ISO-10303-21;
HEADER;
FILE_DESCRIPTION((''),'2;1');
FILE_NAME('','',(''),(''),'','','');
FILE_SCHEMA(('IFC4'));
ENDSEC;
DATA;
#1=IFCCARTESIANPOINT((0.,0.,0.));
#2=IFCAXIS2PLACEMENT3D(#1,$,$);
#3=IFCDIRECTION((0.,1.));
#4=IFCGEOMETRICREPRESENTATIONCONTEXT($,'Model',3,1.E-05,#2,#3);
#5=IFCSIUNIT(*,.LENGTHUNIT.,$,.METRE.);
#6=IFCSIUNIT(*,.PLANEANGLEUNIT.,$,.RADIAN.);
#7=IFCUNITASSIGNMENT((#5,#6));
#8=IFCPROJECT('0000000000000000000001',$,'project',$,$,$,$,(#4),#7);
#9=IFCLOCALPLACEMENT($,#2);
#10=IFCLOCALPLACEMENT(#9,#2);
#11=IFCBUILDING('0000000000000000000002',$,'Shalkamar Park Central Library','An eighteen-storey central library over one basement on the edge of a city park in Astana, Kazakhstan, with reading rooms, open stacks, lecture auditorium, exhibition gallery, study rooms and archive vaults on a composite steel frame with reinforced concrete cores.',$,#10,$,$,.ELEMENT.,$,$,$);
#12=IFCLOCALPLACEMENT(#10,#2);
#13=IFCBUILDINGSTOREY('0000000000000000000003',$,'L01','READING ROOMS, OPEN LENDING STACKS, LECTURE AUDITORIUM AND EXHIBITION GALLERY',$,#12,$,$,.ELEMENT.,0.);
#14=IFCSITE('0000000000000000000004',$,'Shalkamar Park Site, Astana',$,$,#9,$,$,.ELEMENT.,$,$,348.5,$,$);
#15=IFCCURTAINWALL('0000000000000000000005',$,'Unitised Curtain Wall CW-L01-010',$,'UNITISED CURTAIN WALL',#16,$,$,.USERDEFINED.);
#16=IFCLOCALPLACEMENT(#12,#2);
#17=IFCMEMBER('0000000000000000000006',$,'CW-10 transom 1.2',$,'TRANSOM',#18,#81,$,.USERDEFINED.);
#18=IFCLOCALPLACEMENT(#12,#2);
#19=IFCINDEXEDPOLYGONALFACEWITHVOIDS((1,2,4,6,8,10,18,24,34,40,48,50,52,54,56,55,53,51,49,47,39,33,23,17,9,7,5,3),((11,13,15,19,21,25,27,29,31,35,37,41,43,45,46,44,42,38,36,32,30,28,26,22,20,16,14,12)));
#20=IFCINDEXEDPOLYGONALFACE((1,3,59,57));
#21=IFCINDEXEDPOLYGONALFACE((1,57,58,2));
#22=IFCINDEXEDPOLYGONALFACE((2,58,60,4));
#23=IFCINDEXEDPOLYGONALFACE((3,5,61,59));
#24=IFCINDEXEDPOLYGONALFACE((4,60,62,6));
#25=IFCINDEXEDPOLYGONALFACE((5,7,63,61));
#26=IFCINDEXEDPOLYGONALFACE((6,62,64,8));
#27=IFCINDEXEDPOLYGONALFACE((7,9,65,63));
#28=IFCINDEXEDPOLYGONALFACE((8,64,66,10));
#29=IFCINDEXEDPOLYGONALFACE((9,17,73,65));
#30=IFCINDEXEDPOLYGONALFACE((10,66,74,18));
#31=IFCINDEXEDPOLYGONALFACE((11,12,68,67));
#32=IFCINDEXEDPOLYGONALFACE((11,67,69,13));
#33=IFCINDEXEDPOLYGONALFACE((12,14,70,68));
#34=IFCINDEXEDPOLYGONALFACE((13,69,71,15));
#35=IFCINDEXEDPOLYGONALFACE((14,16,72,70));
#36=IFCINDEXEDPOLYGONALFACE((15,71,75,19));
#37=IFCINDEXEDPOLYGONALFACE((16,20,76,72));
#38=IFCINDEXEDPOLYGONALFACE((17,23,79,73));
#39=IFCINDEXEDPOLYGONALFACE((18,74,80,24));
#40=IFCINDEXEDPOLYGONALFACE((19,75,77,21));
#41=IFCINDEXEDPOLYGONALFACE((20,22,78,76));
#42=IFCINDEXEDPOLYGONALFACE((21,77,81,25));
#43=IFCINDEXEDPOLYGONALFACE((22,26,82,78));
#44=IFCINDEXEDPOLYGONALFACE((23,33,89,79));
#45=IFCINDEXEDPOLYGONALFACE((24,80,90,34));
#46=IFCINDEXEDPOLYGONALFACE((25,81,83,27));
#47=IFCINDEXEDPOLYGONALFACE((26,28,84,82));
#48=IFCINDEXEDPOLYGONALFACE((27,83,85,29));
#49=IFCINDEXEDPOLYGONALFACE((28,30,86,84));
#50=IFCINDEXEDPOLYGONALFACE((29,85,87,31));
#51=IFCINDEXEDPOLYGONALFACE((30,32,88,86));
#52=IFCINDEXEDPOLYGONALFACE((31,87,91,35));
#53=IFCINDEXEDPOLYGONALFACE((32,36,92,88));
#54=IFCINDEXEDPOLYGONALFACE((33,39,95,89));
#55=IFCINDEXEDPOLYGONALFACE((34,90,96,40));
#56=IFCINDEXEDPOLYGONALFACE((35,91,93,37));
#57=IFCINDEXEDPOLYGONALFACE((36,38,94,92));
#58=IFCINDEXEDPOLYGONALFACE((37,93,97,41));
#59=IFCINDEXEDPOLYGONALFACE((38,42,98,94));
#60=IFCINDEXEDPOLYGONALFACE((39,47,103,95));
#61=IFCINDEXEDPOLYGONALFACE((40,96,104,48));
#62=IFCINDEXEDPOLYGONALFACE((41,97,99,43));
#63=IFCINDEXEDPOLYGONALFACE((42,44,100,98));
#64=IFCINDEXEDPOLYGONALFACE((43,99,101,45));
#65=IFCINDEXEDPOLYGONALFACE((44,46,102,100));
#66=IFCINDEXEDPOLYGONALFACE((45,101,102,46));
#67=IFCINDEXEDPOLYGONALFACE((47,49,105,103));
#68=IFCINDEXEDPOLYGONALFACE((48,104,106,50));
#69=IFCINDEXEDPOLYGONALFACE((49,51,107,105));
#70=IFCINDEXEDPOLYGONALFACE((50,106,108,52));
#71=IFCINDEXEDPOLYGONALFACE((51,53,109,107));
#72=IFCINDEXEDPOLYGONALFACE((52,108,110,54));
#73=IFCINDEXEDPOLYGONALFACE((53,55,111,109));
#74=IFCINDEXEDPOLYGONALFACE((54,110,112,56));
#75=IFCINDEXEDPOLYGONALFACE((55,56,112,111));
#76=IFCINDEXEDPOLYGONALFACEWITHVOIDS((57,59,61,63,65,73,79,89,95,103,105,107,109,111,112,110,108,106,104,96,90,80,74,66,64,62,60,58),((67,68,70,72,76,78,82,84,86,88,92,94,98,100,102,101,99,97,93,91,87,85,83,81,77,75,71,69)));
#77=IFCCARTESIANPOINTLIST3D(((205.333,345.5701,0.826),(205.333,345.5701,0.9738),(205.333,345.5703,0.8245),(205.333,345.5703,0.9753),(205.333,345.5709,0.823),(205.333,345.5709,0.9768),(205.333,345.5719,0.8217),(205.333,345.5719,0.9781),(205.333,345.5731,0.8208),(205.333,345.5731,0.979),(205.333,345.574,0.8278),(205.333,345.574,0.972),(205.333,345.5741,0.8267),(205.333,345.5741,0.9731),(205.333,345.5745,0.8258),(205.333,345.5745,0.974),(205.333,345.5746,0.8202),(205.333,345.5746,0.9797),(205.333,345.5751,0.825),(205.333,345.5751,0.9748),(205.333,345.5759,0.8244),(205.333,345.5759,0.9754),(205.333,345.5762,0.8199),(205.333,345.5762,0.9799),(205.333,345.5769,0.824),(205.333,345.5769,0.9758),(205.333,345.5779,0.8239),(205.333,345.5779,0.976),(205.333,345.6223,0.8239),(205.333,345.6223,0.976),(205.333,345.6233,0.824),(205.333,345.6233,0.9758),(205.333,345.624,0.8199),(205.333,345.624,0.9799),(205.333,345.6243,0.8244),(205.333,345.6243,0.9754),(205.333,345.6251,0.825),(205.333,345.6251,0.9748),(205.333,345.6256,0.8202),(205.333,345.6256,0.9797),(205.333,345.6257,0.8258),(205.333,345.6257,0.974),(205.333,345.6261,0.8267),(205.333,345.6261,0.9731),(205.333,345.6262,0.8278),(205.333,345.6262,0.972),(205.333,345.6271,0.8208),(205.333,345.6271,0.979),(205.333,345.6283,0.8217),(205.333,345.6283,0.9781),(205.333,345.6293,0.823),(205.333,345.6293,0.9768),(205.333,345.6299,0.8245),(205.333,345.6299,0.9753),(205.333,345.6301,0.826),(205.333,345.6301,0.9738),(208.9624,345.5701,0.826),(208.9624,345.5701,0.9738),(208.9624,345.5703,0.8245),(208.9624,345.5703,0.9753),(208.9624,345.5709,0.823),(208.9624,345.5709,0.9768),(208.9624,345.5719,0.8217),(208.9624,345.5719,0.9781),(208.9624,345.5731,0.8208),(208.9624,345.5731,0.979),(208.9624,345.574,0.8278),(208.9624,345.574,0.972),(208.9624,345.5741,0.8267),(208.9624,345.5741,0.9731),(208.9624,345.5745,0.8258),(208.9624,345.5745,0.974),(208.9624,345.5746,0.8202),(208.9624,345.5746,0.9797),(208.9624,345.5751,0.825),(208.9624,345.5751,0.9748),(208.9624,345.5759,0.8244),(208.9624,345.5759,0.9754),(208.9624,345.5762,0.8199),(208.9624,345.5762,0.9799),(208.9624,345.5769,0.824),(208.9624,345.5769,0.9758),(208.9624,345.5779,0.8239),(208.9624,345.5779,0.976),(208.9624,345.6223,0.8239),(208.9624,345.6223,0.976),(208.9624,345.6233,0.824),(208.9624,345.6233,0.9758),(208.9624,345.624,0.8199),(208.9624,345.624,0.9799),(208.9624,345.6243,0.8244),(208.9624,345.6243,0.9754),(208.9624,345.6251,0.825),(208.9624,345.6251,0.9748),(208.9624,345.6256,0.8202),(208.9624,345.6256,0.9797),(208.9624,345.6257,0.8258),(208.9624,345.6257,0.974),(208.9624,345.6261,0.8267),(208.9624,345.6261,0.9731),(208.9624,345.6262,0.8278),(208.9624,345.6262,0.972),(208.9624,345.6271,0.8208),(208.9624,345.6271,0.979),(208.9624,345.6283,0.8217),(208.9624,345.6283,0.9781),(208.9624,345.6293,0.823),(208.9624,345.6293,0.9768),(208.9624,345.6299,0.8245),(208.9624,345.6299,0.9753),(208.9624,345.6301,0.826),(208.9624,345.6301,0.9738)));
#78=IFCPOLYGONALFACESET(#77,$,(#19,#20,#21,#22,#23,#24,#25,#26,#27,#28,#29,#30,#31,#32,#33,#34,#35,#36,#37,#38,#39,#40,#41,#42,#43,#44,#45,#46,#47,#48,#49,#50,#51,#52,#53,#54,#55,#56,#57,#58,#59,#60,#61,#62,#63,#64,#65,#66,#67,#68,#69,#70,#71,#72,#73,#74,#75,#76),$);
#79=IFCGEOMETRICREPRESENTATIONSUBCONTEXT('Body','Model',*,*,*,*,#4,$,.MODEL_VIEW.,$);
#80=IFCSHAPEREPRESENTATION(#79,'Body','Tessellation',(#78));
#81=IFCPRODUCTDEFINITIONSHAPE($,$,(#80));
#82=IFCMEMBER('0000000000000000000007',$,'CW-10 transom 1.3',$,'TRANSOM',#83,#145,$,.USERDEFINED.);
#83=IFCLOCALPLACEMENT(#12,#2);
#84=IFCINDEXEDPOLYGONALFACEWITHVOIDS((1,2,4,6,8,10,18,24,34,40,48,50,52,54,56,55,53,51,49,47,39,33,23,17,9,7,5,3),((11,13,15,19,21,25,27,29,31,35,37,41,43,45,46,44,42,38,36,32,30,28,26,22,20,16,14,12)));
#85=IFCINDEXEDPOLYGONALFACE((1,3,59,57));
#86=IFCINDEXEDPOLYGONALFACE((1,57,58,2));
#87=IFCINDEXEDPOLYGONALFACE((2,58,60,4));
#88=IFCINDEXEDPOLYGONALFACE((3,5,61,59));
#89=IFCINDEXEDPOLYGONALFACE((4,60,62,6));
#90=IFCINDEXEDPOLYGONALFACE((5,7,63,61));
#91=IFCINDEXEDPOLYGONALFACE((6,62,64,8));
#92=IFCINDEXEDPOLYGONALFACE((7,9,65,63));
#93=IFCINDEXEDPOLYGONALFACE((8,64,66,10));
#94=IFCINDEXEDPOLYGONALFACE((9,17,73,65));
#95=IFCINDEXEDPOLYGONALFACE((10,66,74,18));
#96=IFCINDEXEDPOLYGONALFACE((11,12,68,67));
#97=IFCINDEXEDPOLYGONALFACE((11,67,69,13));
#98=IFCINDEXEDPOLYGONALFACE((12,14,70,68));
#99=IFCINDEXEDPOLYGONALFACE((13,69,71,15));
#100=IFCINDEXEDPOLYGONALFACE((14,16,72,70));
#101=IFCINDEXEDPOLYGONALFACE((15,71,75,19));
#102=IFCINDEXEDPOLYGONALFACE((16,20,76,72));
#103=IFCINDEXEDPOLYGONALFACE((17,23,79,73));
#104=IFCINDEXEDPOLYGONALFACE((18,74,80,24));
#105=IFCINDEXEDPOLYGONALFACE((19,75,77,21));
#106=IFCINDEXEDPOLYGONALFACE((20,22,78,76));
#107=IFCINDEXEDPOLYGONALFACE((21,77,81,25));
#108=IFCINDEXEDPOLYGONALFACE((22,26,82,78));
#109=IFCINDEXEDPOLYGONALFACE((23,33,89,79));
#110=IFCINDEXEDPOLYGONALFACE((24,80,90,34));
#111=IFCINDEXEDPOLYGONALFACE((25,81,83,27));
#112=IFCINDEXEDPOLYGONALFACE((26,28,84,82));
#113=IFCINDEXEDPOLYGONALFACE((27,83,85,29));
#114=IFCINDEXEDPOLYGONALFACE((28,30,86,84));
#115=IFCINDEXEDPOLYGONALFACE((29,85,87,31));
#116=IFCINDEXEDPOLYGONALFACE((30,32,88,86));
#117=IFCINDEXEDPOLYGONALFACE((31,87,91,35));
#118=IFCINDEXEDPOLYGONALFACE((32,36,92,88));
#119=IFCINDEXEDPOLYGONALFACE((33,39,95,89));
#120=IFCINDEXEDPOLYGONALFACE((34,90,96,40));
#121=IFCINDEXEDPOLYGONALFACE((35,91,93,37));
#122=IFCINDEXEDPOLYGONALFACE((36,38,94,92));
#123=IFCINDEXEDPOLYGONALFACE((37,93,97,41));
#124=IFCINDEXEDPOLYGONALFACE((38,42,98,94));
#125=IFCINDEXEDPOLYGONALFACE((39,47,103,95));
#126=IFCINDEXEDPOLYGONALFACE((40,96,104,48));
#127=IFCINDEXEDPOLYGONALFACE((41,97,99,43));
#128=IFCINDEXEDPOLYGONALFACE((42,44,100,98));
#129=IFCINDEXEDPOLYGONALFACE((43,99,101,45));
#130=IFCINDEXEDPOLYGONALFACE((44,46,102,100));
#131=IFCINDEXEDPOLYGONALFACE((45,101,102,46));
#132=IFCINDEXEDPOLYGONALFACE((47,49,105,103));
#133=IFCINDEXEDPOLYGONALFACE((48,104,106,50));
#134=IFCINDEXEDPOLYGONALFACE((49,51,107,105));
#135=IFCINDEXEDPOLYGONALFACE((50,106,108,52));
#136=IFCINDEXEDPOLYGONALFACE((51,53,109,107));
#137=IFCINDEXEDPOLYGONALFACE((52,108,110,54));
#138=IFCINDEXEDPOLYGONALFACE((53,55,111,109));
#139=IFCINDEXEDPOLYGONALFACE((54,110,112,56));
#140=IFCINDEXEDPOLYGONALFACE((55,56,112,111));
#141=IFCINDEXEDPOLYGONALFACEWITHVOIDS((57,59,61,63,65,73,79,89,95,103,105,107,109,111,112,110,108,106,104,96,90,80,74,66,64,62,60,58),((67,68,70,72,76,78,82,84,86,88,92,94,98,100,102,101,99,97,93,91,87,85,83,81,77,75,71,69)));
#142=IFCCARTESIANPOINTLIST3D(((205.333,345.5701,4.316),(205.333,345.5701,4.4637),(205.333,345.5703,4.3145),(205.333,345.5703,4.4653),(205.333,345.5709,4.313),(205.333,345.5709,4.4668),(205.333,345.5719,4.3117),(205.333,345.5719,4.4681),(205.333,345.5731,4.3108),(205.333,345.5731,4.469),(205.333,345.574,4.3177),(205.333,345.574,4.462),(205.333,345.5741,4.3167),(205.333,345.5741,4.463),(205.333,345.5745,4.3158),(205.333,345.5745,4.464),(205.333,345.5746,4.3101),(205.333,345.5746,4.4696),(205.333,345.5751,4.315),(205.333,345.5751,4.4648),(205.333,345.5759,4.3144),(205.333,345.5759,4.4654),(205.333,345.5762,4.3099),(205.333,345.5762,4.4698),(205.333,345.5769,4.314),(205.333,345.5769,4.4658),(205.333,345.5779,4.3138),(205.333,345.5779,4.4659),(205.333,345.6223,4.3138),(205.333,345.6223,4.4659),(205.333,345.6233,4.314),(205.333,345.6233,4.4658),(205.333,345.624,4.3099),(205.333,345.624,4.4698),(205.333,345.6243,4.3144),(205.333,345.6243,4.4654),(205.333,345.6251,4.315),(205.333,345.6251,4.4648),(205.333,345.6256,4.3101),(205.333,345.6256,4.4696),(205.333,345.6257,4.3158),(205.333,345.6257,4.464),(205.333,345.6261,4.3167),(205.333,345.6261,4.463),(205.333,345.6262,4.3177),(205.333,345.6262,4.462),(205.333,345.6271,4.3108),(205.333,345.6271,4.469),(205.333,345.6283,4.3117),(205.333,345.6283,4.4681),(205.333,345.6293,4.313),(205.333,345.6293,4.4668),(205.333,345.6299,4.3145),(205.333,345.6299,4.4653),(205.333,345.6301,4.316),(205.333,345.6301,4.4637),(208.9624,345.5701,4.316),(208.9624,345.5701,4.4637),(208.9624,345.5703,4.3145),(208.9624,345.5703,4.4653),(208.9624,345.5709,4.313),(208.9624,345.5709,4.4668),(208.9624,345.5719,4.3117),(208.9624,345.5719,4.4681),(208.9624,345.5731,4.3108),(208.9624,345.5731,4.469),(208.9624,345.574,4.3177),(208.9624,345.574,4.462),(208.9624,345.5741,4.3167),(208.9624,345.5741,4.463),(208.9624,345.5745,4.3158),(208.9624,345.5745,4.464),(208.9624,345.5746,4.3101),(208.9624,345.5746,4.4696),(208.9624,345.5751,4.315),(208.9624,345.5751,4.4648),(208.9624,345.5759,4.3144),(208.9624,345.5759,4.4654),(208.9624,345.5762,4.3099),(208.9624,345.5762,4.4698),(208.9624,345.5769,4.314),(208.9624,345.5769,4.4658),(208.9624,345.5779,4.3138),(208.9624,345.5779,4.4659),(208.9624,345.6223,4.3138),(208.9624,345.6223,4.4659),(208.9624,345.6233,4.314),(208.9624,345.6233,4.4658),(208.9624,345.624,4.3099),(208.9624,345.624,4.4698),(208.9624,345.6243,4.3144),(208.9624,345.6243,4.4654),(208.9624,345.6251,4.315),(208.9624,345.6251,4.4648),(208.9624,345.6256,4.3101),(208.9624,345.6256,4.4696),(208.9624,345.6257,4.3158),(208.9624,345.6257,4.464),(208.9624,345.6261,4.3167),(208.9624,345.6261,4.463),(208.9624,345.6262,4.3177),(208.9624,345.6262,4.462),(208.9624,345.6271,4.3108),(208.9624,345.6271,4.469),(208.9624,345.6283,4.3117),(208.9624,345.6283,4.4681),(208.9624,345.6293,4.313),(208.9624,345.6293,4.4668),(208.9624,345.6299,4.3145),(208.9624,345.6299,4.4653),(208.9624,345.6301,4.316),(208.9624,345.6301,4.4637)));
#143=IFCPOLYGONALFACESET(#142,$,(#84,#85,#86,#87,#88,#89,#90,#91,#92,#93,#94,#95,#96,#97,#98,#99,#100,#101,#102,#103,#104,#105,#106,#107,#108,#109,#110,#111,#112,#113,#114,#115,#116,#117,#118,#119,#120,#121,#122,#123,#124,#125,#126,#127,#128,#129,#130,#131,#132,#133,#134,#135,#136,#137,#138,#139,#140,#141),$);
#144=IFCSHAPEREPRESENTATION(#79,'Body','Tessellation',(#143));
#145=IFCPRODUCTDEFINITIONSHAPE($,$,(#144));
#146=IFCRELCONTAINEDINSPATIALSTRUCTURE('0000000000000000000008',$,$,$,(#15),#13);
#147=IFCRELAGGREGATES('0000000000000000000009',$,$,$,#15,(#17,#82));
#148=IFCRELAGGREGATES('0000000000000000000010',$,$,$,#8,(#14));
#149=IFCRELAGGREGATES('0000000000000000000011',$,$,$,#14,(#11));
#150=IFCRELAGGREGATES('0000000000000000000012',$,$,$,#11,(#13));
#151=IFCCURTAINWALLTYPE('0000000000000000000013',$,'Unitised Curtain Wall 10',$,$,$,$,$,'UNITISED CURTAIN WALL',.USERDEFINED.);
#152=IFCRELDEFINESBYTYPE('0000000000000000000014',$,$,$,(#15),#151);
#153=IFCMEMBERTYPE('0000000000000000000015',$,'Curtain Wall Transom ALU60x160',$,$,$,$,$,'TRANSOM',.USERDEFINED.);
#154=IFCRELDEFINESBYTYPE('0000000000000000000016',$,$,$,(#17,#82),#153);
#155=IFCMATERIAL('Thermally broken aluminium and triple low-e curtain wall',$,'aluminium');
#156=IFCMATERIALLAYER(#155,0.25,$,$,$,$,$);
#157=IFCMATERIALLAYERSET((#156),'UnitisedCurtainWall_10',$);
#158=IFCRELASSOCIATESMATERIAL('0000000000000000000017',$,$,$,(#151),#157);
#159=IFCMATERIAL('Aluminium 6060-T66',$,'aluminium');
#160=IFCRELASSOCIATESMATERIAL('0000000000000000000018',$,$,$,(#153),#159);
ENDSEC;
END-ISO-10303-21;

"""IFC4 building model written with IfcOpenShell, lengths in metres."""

from ifc_helpers import new_model, si_unit, direction, frame, origin, origin_2d, place, context, subcontext, project, spatial, hollow_rectangle, extrude, material, layer, layer_set, material_profile, profile_set, type_object, element, aggregate, save


model = new_model("IFC4")

# Units and contexts
model_context = context("Model", 3, precision=1e-05, world=origin(), true_north=direction((0.0, 1.0)))
body_context = subcontext(model_context, "Body", "Model", "MODEL_VIEW")
ifc_project = project(units=[si_unit("LENGTHUNIT", "METRE"), si_unit("PLANEANGLEUNIT", "RADIAN")], contexts=[model_context])

# Site, building, storey
site_placement = place(None, origin())
site = spatial("IfcSite", under=ifc_project, at=site_placement, Name="Shalkamar Park Site, Astana", CompositionType="ELEMENT", RefElevation=348.5)
building_placement = place(site_placement, origin())
building = spatial("IfcBuilding", under=site, at=building_placement, Name="Shalkamar Park Central Library", Description="An eighteen-storey central library over one basement on the edge of a city park in Astana, Kazakhstan, with reading rooms, open stacks, lecture auditorium, exhibition gallery, study rooms and archive vaults on a composite steel frame with reinforced concrete cores.", CompositionType="ELEMENT")
storey_placement = place(building_placement, origin())
storey = spatial("IfcBuildingStorey", under=building, at=storey_placement, Name="L01", Description="READING ROOMS, OPEN LENDING STACKS, LECTURE AUDITORIUM AND EXHIBITION GALLERY", CompositionType="ELEMENT", Elevation=0.0)

# Curtain wall, members
ifc_material_1 = material(Name="Thermally broken aluminium and triple low-e curtain wall", Category="aluminium")
ifc_layer_1 = layer(ifc_material_1, 0.25)
ifc_layer_set_1 = layer_set([ifc_layer_1], Name="UnitisedCurtainWall_10")
curtain_wall_type = type_object("IfcCurtainWallType", Name="Unitised Curtain Wall 10", ElementType="UNITISED CURTAIN WALL", PredefinedType="USERDEFINED", material=ifc_layer_set_1)
curtain_wall_placement = place(storey_placement, origin())
curtain_wall = element("IfcCurtainWall", 1, at=curtain_wall_placement, inside=storey, type_object=curtain_wall_type, Name="Unitised Curtain Wall CW-L01-010", ObjectType="UNITISED CURTAIN WALL", PredefinedType="USERDEFINED")
ifc_material_2 = material(Name="Aluminium 6060-T66", Category="aluminium")
ifc_material_profile_1 = material_profile(ifc_material_2, hollow_rectangle(XDim=0.0601, YDim=0.1599, WallThickness=0.0039, InnerFilletRadius=0.0039, OuterFilletRadius=0.0061, at=origin_2d()), Name="ALU 60x160x4")
ifc_profile_set_1 = profile_set([ifc_material_profile_1], Name="Aluminium 6060-T66")
member_type_1 = type_object("IfcMemberType", Name="Curtain Wall Transom ALU60x160", ElementType="TRANSOM", PredefinedType="USERDEFINED", material=ifc_profile_set_1)
member_1_placement = place(storey_placement, frame((205.333, 345.6001, 0.8999), z_axis=(1.0, 0.0, 0.0), x_axis=(0.0, 1.0, 0.0)))
member_1 = element("IfcMember", 2, at=member_1_placement, type_object=member_type_1, Name="CW-10 transom 1.2", ObjectType="TRANSOM", PredefinedType="USERDEFINED", context=body_context, shape_type="SweptSolid", body=[
    extrude(hollow_rectangle(XDim=0.0601, YDim=0.1599, WallThickness=0.0039, InnerFilletRadius=0.0039, OuterFilletRadius=0.0061, at=origin_2d()), origin(), (0.0, 0.0, 1.0), 3.6294),
])
member_2_placement = place(storey_placement, frame((205.333, 345.6001, 4.3899), z_axis=(1.0, 0.0, 0.0), x_axis=(0.0, 1.0, 0.0)))
member_2 = element("IfcMember", 3, at=member_2_placement, type_object=member_type_1, Name="CW-10 transom 1.3", ObjectType="TRANSOM", PredefinedType="USERDEFINED", context=body_context, shape_type="SweptSolid", body=[
    extrude(hollow_rectangle(XDim=0.0601, YDim=0.1599, WallThickness=0.0039, InnerFilletRadius=0.0039, OuterFilletRadius=0.0061, at=origin_2d()), origin(), (0.0, 0.0, 1.0), 3.6294),
])

aggregate(curtain_wall, [member_1, member_2])

save(model, "model.ifc")
